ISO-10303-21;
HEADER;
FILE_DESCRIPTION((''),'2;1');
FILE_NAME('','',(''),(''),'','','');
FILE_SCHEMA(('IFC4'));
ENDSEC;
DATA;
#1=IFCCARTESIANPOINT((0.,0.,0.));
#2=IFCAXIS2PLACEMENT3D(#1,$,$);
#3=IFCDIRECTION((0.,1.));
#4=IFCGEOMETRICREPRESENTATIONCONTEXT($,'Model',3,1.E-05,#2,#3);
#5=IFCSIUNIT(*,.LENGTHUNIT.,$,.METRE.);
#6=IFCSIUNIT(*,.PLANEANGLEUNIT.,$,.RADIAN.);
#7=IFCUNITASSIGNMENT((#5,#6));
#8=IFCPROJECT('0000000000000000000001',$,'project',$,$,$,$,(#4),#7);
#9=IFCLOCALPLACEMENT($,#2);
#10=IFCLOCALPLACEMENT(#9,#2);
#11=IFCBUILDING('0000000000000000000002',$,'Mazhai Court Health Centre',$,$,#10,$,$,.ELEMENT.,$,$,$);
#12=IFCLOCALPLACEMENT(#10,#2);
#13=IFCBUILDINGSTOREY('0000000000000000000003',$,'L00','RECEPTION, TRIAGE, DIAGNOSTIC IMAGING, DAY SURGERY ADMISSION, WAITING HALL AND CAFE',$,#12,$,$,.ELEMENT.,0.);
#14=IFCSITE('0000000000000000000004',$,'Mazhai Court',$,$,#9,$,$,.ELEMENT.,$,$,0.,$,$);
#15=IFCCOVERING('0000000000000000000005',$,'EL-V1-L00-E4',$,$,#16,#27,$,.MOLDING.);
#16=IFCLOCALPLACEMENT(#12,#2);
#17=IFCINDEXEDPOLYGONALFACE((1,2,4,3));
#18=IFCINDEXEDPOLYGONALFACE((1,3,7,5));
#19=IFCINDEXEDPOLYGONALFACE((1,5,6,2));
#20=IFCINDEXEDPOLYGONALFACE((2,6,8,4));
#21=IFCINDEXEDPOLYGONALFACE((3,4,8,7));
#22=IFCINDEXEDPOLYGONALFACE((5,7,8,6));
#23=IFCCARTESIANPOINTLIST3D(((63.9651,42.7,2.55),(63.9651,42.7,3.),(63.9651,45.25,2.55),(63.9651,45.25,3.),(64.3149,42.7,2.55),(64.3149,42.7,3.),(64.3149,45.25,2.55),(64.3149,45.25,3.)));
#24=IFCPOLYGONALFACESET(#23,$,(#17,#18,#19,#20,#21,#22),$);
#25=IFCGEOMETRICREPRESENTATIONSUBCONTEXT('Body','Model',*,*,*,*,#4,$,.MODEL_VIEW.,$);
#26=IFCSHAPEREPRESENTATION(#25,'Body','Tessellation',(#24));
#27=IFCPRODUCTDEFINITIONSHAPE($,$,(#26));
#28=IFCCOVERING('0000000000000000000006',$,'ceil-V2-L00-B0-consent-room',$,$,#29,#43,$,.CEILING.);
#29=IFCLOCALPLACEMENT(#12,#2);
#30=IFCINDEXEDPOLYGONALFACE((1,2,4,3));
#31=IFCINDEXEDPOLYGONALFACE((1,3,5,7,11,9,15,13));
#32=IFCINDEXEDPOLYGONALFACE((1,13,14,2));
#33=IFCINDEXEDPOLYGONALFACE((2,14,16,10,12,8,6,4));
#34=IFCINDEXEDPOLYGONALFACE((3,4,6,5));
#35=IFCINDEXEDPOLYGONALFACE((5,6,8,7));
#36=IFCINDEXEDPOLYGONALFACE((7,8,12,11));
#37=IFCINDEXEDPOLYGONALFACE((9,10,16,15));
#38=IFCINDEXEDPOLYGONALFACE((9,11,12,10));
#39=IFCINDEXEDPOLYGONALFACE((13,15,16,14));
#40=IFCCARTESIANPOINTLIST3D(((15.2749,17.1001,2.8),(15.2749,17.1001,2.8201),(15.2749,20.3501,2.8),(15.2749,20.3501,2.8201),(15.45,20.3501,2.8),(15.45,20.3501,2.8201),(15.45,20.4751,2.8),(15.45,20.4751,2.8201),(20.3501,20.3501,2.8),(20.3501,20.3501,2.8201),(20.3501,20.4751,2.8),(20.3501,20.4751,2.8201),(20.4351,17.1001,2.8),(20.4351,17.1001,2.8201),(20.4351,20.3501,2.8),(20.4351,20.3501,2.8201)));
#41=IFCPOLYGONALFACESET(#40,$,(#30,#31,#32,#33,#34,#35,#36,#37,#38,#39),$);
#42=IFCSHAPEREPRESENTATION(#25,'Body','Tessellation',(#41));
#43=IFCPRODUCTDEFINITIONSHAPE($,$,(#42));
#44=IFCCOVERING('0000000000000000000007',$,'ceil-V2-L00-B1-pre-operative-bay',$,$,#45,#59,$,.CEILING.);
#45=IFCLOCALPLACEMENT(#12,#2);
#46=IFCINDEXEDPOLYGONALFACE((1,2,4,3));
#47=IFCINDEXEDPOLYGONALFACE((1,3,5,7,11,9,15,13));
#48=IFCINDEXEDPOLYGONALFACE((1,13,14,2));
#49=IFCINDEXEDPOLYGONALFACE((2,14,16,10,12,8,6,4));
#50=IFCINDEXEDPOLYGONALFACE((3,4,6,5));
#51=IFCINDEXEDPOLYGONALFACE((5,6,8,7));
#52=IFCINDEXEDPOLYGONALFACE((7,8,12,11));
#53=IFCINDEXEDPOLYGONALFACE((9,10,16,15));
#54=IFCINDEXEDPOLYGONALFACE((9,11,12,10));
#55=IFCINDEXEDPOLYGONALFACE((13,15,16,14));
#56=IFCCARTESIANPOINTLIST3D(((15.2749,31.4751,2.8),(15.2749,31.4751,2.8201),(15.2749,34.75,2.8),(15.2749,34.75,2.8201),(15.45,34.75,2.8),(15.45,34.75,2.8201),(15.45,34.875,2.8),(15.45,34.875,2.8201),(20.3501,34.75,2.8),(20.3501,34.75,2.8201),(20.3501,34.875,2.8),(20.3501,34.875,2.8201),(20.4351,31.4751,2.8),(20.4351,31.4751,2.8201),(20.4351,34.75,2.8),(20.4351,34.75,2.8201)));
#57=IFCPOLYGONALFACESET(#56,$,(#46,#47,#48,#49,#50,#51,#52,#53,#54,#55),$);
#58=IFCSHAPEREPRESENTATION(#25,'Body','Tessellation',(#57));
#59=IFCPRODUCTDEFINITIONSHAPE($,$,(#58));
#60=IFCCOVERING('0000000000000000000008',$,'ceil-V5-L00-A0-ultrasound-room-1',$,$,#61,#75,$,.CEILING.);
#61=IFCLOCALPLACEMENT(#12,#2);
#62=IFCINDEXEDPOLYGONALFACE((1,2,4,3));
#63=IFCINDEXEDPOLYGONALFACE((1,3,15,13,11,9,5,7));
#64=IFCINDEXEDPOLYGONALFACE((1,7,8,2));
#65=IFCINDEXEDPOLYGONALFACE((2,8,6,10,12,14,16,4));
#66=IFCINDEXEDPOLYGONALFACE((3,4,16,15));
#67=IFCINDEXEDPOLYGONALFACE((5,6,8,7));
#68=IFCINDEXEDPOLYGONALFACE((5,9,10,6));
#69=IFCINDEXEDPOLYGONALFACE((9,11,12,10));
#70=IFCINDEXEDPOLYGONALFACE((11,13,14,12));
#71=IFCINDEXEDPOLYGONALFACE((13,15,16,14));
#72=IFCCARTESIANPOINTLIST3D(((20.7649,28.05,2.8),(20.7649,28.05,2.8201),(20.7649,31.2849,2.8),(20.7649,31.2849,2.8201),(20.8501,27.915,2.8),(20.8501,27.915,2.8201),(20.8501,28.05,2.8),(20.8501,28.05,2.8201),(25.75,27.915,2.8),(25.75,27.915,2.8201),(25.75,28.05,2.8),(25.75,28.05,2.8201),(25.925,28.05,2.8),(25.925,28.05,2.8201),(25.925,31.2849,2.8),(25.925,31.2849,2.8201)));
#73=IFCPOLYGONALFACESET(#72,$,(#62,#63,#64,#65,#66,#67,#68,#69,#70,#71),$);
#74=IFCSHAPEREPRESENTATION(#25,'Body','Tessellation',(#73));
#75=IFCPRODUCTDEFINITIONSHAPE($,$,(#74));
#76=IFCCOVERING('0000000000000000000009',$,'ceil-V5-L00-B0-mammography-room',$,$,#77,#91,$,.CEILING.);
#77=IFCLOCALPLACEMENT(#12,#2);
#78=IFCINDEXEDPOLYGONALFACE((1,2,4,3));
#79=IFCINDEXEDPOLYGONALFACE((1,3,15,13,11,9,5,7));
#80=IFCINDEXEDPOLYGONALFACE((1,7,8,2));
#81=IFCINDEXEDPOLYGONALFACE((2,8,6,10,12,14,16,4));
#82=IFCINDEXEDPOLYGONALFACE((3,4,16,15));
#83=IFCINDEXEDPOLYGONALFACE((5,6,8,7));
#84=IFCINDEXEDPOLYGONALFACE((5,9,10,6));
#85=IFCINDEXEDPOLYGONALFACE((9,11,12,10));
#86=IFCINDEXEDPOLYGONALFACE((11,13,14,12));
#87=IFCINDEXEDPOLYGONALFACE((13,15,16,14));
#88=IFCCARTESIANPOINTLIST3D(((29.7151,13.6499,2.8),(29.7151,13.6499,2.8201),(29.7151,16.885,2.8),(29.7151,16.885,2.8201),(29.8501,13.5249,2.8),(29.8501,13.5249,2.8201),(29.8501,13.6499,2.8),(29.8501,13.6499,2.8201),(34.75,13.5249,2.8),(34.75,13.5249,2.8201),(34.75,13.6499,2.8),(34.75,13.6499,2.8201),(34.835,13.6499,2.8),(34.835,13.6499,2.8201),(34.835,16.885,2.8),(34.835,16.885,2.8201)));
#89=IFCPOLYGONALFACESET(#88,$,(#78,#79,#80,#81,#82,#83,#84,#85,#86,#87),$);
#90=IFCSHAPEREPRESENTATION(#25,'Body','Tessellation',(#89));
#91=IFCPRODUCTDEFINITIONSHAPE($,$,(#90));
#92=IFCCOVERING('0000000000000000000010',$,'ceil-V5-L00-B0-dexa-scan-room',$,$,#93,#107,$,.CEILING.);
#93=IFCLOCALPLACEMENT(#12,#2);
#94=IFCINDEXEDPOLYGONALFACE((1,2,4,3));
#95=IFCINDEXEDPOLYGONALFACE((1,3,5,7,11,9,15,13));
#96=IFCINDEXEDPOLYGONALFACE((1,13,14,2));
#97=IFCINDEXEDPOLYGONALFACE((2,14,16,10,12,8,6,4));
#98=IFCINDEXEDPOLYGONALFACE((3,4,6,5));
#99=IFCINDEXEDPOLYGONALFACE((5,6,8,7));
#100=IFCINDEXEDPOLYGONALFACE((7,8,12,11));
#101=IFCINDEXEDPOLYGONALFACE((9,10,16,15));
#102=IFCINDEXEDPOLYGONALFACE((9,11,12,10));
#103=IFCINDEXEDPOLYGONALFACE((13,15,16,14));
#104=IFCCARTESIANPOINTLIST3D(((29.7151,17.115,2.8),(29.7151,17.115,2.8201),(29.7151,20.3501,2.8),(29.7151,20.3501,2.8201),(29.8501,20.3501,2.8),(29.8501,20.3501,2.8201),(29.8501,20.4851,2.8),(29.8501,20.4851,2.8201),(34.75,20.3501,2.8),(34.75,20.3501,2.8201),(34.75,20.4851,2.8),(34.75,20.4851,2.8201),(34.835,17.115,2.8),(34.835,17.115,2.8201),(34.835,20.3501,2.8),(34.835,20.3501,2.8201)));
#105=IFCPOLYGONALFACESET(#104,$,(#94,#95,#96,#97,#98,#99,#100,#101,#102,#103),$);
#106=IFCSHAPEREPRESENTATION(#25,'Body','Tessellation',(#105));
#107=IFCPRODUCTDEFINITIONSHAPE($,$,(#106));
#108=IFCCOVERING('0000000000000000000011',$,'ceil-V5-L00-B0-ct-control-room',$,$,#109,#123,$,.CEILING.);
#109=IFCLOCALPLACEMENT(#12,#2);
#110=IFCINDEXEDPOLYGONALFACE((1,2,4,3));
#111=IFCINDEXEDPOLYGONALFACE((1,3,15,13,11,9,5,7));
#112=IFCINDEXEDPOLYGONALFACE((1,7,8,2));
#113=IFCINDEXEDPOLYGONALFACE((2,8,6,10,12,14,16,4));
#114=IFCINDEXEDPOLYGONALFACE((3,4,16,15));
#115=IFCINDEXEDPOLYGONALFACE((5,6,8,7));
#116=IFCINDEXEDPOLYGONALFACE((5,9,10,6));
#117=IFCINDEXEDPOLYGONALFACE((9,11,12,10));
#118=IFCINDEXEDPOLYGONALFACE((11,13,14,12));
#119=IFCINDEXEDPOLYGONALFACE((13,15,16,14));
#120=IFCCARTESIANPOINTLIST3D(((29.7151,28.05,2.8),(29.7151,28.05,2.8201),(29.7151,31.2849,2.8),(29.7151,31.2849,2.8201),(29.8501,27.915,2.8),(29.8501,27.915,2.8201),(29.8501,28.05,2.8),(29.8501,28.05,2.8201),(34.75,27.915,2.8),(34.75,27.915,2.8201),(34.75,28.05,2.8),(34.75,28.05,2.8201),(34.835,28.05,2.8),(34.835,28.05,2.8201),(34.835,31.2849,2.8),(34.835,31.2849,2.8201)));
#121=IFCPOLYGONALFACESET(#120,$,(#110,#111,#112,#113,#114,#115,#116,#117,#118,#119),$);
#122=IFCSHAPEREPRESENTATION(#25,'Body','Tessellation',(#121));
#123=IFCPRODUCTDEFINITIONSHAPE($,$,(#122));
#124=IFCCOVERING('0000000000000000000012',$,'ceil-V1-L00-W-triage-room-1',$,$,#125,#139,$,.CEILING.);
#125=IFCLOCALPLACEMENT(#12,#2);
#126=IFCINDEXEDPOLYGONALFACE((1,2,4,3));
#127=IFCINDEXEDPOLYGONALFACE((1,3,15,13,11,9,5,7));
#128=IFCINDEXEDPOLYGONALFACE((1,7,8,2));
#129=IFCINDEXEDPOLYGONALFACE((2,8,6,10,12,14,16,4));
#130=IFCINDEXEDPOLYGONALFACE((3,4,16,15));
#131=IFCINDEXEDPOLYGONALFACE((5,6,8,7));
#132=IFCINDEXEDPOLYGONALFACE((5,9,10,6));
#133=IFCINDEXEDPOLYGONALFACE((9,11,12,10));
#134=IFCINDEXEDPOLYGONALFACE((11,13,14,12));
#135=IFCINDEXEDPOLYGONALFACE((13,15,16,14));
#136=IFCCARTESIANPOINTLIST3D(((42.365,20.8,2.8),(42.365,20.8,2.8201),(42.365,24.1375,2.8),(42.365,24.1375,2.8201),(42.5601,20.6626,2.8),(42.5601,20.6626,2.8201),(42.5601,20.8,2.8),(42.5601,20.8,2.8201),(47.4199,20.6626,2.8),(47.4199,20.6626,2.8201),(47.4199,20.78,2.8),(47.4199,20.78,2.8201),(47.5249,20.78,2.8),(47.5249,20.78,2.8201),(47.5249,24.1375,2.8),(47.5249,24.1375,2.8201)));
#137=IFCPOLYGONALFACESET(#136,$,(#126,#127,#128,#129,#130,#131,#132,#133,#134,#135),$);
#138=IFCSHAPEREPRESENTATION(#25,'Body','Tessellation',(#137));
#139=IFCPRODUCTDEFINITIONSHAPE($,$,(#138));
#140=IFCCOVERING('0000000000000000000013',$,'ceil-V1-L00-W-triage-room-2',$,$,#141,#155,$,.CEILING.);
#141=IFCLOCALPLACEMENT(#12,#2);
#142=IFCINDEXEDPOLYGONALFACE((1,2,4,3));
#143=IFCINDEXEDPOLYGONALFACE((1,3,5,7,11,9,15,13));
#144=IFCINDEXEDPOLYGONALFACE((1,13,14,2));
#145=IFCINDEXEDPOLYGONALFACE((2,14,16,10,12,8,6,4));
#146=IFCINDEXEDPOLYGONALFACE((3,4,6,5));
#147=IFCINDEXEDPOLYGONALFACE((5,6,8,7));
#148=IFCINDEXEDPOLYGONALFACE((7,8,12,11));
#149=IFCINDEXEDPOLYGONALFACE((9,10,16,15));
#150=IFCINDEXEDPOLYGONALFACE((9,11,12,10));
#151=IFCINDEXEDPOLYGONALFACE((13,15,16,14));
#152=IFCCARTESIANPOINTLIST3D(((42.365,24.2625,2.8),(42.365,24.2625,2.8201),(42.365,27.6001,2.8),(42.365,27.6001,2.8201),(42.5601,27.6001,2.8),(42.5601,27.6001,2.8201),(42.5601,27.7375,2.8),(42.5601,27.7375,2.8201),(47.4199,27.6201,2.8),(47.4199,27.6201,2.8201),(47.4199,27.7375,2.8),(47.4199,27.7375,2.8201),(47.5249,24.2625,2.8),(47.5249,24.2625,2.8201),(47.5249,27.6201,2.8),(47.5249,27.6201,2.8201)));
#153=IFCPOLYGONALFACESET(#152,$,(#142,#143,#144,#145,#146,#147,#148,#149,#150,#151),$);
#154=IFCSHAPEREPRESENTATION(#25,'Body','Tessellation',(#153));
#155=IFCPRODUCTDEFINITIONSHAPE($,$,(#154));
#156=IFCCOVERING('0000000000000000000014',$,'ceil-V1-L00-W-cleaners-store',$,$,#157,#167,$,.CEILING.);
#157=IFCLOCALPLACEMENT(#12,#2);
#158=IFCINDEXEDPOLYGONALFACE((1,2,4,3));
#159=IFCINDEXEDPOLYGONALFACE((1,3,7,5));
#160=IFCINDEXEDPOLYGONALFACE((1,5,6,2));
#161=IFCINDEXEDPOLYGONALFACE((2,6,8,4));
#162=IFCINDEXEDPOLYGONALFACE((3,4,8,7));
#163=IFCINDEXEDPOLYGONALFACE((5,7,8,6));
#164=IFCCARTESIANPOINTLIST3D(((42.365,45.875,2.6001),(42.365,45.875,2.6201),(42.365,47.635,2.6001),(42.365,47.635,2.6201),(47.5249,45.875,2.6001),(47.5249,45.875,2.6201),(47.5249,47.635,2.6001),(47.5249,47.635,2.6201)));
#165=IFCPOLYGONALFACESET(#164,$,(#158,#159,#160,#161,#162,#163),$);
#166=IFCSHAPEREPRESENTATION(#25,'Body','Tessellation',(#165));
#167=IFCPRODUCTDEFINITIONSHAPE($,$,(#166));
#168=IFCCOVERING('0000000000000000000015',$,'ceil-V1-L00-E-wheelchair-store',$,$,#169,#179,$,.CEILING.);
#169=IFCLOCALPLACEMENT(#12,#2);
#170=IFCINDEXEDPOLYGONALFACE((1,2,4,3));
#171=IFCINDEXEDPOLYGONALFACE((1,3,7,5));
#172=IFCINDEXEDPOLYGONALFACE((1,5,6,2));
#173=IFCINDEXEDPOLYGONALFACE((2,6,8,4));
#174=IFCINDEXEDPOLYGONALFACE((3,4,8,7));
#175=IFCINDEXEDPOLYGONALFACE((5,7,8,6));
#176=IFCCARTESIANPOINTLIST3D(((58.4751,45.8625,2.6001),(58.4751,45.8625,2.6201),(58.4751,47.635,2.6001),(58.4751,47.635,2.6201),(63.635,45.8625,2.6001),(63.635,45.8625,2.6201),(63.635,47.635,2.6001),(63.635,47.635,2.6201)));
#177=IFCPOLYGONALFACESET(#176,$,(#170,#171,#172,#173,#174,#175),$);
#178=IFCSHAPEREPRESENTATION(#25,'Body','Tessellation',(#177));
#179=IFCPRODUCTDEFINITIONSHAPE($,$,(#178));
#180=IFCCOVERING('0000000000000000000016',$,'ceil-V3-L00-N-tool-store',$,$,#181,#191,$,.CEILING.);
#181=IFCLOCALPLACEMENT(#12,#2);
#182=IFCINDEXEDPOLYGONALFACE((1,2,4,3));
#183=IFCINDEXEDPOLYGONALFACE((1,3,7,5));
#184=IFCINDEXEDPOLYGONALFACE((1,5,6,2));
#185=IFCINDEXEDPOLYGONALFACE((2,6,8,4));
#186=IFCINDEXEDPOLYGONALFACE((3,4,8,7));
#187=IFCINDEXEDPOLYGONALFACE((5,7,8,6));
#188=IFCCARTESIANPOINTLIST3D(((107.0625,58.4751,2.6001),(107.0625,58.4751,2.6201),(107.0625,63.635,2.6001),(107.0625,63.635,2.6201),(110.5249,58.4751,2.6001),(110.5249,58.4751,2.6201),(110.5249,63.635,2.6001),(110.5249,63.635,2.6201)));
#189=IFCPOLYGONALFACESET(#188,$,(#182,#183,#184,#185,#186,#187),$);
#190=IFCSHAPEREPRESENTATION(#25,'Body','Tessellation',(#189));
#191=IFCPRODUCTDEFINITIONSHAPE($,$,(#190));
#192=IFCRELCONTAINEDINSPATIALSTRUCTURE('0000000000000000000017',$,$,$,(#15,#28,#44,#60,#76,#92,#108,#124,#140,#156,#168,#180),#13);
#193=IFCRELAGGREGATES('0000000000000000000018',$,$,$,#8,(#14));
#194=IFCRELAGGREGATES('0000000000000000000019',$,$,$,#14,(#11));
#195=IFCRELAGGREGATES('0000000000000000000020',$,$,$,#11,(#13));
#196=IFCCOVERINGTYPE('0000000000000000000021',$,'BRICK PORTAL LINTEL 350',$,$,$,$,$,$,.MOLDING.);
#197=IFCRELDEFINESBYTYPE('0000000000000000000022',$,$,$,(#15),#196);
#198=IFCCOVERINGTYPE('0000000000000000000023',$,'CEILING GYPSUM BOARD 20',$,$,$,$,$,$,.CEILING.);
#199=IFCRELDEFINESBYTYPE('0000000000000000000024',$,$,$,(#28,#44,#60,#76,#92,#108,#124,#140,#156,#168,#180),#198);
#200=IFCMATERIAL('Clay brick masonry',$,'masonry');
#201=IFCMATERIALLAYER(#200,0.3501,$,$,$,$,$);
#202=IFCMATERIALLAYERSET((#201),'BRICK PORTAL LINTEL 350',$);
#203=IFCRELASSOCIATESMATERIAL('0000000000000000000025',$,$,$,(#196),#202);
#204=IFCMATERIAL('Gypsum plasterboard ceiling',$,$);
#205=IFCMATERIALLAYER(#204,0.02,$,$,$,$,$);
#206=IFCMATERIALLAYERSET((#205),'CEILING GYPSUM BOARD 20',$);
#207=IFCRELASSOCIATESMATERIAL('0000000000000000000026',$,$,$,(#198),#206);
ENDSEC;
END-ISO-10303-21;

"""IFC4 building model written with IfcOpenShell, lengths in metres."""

from ifc_helpers import new_model, si_unit, direction, frame, origin, place, context, subcontext, project, spatial, polyline, outline, extrude, material, layer, layer_set, type_object, element, save


model = new_model("IFC4")

# Units and contexts
model_context = context("Model", 3, precision=1e-05, world=origin(), true_north=direction((0.0, 1.0)))
body_context = subcontext(model_context, "Body", "Model", "MODEL_VIEW")
ifc_project = project(units=[si_unit("LENGTHUNIT", "METRE"), si_unit("PLANEANGLEUNIT", "RADIAN")], contexts=[model_context])

# Site, building, storey
site_placement = place(None, origin())
site = spatial("IfcSite", under=ifc_project, at=site_placement, Name="Mazhai Court", CompositionType="ELEMENT", RefElevation=0.0)
building_placement = place(site_placement, origin())
building = spatial("IfcBuilding", under=site, at=building_placement, Name="Mazhai Court Health Centre", CompositionType="ELEMENT")
storey_placement = place(building_placement, origin())
storey = spatial("IfcBuildingStorey", under=building, at=storey_placement, Name="L00", Description="RECEPTION, TRIAGE, DIAGNOSTIC IMAGING, DAY SURGERY ADMISSION, WAITING HALL AND CAFE", CompositionType="ELEMENT", Elevation=0.0)

# Coverings
ifc_material_1 = material(Name="Clay brick masonry", Category="masonry")
ifc_layer_1 = layer(ifc_material_1, 0.3501)
ifc_layer_set_1 = layer_set([ifc_layer_1], Name="BRICK PORTAL LINTEL 350")
covering_type_1 = type_object("IfcCoveringType", Name="BRICK PORTAL LINTEL 350", PredefinedType="MOLDING", material=ifc_layer_set_1)
covering_1_placement = place(storey_placement, frame((0.0, 0.0, 2.55)))
element("IfcCovering", 1, at=covering_1_placement, inside=storey, type_object=covering_type_1, Name="EL-V1-L00-E4", PredefinedType="MOLDING", context=body_context, shape_type="SweptSolid", body=[
    extrude(outline(polyline([(63.9651, 45.25), (63.9651, 42.7), (64.3149, 42.7), (64.3149, 45.25), (63.9651, 45.25)])), origin(), (0.0, 0.0, 1.0), 0.45),
])
ifc_material_2 = material(Name="Gypsum plasterboard ceiling")
ifc_layer_2 = layer(ifc_material_2, 0.02)
ifc_layer_set_2 = layer_set([ifc_layer_2], Name="CEILING GYPSUM BOARD 20")
covering_type_2 = type_object("IfcCoveringType", Name="CEILING GYPSUM BOARD 20", PredefinedType="CEILING", material=ifc_layer_set_2)
covering_2_placement = place(storey_placement, frame((0.0, 0.0, 2.8)))
element("IfcCovering", 2, at=covering_2_placement, inside=storey, type_object=covering_type_2, Name="ceil-V2-L00-B0-consent-room", PredefinedType="CEILING", context=body_context, shape_type="SweptSolid", body=[
    extrude(outline(polyline([(20.4351, 20.3501), (20.3501, 20.3501), (20.3501, 20.4751), (15.45, 20.4751), (15.45, 20.3501), (15.2749, 20.3501), (15.2749, 17.1001), (20.4351, 17.1001), (20.4351, 20.3501)])), origin(), (0.0, 0.0, 1.0), 0.02),
])
covering_3_placement = place(storey_placement, frame((0.0, 0.0, 2.8)))
element("IfcCovering", 3, at=covering_3_placement, inside=storey, type_object=covering_type_2, Name="ceil-V2-L00-B1-pre-operative-bay", PredefinedType="CEILING", context=body_context, shape_type="SweptSolid", body=[
    extrude(outline(polyline([(20.4351, 34.75), (20.3501, 34.75), (20.3501, 34.875), (15.45, 34.875), (15.45, 34.75), (15.2749, 34.75), (15.2749, 31.4751), (20.4351, 31.4751), (20.4351, 34.75)])), origin(), (0.0, 0.0, 1.0), 0.02),
])
covering_4_placement = place(storey_placement, frame((0.0, 0.0, 2.8)))
element("IfcCovering", 4, at=covering_4_placement, inside=storey, type_object=covering_type_2, Name="ceil-V5-L00-A0-ultrasound-room-1", PredefinedType="CEILING", context=body_context, shape_type="SweptSolid", body=[
    extrude(outline(polyline([(20.7649, 28.05), (20.8501, 28.05), (20.8501, 27.915), (25.75, 27.915), (25.75, 28.05), (25.925, 28.05), (25.925, 31.2849), (20.7649, 31.2849), (20.7649, 28.05)])), origin(), (0.0, 0.0, 1.0), 0.02),
])
covering_5_placement = place(storey_placement, frame((0.0, 0.0, 2.8)))
element("IfcCovering", 5, at=covering_5_placement, inside=storey, type_object=covering_type_2, Name="ceil-V5-L00-B0-mammography-room", PredefinedType="CEILING", context=body_context, shape_type="SweptSolid", body=[
    extrude(outline(polyline([(29.7151, 13.6499), (29.8501, 13.6499), (29.8501, 13.5249), (34.75, 13.5249), (34.75, 13.6499), (34.835, 13.6499), (34.835, 16.885), (29.7151, 16.885), (29.7151, 13.6499)])), origin(), (0.0, 0.0, 1.0), 0.02),
])
covering_6_placement = place(storey_placement, frame((0.0, 0.0, 2.8)))
element("IfcCovering", 6, at=covering_6_placement, inside=storey, type_object=covering_type_2, Name="ceil-V5-L00-B0-dexa-scan-room", PredefinedType="CEILING", context=body_context, shape_type="SweptSolid", body=[
    extrude(outline(polyline([(34.835, 20.3501), (34.75, 20.3501), (34.75, 20.4851), (29.8501, 20.4851), (29.8501, 20.3501), (29.7151, 20.3501), (29.7151, 17.115), (34.835, 17.115), (34.835, 20.3501)])), origin(), (0.0, 0.0, 1.0), 0.02),
])
covering_7_placement = place(storey_placement, frame((0.0, 0.0, 2.8)))
element("IfcCovering", 7, at=covering_7_placement, inside=storey, type_object=covering_type_2, Name="ceil-V5-L00-B0-ct-control-room", PredefinedType="CEILING", context=body_context, shape_type="SweptSolid", body=[
    extrude(outline(polyline([(29.7151, 28.05), (29.8501, 28.05), (29.8501, 27.915), (34.75, 27.915), (34.75, 28.05), (34.835, 28.05), (34.835, 31.2849), (29.7151, 31.2849), (29.7151, 28.05)])), origin(), (0.0, 0.0, 1.0), 0.02),
])
covering_8_placement = place(storey_placement, frame((0.0, 0.0, 2.8)))
element("IfcCovering", 8, at=covering_8_placement, inside=storey, type_object=covering_type_2, Name="ceil-V1-L00-W-triage-room-1", PredefinedType="CEILING", context=body_context, shape_type="SweptSolid", body=[
    extrude(outline(polyline([(42.365, 20.8), (42.5601, 20.8), (42.5601, 20.6626), (47.4199, 20.6626), (47.4199, 20.78), (47.5249, 20.78), (47.5249, 24.1375), (42.365, 24.1375), (42.365, 20.8)])), origin(), (0.0, 0.0, 1.0), 0.02),
])
covering_9_placement = place(storey_placement, frame((0.0, 0.0, 2.8)))
element("IfcCovering", 9, at=covering_9_placement, inside=storey, type_object=covering_type_2, Name="ceil-V1-L00-W-triage-room-2", PredefinedType="CEILING", context=body_context, shape_type="SweptSolid", body=[
    extrude(outline(polyline([(47.5249, 27.6201), (47.4199, 27.6201), (47.4199, 27.7375), (42.5601, 27.7375), (42.5601, 27.6001), (42.365, 27.6001), (42.365, 24.2625), (47.5249, 24.2625), (47.5249, 27.6201)])), origin(), (0.0, 0.0, 1.0), 0.02),
])
covering_10_placement = place(storey_placement, frame((0.0, 0.0, 2.6001)))
element("IfcCovering", 10, at=covering_10_placement, inside=storey, type_object=covering_type_2, Name="ceil-V1-L00-W-cleaners-store", PredefinedType="CEILING", context=body_context, shape_type="SweptSolid", body=[
    extrude(outline(polyline([(47.5249, 45.875), (47.5249, 47.635), (42.365, 47.635), (42.365, 45.875), (47.5249, 45.875)])), origin(), (0.0, 0.0, 1.0), 0.02),
])
covering_11_placement = place(storey_placement, frame((0.0, 0.0, 2.6001)))
element("IfcCovering", 11, at=covering_11_placement, inside=storey, type_object=covering_type_2, Name="ceil-V1-L00-E-wheelchair-store", PredefinedType="CEILING", context=body_context, shape_type="SweptSolid", body=[
    extrude(outline(polyline([(63.635, 45.8625), (63.635, 47.635), (58.4751, 47.635), (58.4751, 45.8625), (63.635, 45.8625)])), origin(), (0.0, 0.0, 1.0), 0.02),
])
covering_12_placement = place(storey_placement, frame((0.0, 0.0, 2.6001)))
element("IfcCovering", 12, at=covering_12_placement, inside=storey, type_object=covering_type_2, Name="ceil-V3-L00-N-tool-store", PredefinedType="CEILING", context=body_context, shape_type="SweptSolid", body=[
    extrude(outline(polyline([(110.5249, 58.4751), (110.5249, 63.635), (107.0625, 63.635), (107.0625, 58.4751), (110.5249, 58.4751)])), origin(), (0.0, 0.0, 1.0), 0.02),
])

save(model, "model.ifc")
